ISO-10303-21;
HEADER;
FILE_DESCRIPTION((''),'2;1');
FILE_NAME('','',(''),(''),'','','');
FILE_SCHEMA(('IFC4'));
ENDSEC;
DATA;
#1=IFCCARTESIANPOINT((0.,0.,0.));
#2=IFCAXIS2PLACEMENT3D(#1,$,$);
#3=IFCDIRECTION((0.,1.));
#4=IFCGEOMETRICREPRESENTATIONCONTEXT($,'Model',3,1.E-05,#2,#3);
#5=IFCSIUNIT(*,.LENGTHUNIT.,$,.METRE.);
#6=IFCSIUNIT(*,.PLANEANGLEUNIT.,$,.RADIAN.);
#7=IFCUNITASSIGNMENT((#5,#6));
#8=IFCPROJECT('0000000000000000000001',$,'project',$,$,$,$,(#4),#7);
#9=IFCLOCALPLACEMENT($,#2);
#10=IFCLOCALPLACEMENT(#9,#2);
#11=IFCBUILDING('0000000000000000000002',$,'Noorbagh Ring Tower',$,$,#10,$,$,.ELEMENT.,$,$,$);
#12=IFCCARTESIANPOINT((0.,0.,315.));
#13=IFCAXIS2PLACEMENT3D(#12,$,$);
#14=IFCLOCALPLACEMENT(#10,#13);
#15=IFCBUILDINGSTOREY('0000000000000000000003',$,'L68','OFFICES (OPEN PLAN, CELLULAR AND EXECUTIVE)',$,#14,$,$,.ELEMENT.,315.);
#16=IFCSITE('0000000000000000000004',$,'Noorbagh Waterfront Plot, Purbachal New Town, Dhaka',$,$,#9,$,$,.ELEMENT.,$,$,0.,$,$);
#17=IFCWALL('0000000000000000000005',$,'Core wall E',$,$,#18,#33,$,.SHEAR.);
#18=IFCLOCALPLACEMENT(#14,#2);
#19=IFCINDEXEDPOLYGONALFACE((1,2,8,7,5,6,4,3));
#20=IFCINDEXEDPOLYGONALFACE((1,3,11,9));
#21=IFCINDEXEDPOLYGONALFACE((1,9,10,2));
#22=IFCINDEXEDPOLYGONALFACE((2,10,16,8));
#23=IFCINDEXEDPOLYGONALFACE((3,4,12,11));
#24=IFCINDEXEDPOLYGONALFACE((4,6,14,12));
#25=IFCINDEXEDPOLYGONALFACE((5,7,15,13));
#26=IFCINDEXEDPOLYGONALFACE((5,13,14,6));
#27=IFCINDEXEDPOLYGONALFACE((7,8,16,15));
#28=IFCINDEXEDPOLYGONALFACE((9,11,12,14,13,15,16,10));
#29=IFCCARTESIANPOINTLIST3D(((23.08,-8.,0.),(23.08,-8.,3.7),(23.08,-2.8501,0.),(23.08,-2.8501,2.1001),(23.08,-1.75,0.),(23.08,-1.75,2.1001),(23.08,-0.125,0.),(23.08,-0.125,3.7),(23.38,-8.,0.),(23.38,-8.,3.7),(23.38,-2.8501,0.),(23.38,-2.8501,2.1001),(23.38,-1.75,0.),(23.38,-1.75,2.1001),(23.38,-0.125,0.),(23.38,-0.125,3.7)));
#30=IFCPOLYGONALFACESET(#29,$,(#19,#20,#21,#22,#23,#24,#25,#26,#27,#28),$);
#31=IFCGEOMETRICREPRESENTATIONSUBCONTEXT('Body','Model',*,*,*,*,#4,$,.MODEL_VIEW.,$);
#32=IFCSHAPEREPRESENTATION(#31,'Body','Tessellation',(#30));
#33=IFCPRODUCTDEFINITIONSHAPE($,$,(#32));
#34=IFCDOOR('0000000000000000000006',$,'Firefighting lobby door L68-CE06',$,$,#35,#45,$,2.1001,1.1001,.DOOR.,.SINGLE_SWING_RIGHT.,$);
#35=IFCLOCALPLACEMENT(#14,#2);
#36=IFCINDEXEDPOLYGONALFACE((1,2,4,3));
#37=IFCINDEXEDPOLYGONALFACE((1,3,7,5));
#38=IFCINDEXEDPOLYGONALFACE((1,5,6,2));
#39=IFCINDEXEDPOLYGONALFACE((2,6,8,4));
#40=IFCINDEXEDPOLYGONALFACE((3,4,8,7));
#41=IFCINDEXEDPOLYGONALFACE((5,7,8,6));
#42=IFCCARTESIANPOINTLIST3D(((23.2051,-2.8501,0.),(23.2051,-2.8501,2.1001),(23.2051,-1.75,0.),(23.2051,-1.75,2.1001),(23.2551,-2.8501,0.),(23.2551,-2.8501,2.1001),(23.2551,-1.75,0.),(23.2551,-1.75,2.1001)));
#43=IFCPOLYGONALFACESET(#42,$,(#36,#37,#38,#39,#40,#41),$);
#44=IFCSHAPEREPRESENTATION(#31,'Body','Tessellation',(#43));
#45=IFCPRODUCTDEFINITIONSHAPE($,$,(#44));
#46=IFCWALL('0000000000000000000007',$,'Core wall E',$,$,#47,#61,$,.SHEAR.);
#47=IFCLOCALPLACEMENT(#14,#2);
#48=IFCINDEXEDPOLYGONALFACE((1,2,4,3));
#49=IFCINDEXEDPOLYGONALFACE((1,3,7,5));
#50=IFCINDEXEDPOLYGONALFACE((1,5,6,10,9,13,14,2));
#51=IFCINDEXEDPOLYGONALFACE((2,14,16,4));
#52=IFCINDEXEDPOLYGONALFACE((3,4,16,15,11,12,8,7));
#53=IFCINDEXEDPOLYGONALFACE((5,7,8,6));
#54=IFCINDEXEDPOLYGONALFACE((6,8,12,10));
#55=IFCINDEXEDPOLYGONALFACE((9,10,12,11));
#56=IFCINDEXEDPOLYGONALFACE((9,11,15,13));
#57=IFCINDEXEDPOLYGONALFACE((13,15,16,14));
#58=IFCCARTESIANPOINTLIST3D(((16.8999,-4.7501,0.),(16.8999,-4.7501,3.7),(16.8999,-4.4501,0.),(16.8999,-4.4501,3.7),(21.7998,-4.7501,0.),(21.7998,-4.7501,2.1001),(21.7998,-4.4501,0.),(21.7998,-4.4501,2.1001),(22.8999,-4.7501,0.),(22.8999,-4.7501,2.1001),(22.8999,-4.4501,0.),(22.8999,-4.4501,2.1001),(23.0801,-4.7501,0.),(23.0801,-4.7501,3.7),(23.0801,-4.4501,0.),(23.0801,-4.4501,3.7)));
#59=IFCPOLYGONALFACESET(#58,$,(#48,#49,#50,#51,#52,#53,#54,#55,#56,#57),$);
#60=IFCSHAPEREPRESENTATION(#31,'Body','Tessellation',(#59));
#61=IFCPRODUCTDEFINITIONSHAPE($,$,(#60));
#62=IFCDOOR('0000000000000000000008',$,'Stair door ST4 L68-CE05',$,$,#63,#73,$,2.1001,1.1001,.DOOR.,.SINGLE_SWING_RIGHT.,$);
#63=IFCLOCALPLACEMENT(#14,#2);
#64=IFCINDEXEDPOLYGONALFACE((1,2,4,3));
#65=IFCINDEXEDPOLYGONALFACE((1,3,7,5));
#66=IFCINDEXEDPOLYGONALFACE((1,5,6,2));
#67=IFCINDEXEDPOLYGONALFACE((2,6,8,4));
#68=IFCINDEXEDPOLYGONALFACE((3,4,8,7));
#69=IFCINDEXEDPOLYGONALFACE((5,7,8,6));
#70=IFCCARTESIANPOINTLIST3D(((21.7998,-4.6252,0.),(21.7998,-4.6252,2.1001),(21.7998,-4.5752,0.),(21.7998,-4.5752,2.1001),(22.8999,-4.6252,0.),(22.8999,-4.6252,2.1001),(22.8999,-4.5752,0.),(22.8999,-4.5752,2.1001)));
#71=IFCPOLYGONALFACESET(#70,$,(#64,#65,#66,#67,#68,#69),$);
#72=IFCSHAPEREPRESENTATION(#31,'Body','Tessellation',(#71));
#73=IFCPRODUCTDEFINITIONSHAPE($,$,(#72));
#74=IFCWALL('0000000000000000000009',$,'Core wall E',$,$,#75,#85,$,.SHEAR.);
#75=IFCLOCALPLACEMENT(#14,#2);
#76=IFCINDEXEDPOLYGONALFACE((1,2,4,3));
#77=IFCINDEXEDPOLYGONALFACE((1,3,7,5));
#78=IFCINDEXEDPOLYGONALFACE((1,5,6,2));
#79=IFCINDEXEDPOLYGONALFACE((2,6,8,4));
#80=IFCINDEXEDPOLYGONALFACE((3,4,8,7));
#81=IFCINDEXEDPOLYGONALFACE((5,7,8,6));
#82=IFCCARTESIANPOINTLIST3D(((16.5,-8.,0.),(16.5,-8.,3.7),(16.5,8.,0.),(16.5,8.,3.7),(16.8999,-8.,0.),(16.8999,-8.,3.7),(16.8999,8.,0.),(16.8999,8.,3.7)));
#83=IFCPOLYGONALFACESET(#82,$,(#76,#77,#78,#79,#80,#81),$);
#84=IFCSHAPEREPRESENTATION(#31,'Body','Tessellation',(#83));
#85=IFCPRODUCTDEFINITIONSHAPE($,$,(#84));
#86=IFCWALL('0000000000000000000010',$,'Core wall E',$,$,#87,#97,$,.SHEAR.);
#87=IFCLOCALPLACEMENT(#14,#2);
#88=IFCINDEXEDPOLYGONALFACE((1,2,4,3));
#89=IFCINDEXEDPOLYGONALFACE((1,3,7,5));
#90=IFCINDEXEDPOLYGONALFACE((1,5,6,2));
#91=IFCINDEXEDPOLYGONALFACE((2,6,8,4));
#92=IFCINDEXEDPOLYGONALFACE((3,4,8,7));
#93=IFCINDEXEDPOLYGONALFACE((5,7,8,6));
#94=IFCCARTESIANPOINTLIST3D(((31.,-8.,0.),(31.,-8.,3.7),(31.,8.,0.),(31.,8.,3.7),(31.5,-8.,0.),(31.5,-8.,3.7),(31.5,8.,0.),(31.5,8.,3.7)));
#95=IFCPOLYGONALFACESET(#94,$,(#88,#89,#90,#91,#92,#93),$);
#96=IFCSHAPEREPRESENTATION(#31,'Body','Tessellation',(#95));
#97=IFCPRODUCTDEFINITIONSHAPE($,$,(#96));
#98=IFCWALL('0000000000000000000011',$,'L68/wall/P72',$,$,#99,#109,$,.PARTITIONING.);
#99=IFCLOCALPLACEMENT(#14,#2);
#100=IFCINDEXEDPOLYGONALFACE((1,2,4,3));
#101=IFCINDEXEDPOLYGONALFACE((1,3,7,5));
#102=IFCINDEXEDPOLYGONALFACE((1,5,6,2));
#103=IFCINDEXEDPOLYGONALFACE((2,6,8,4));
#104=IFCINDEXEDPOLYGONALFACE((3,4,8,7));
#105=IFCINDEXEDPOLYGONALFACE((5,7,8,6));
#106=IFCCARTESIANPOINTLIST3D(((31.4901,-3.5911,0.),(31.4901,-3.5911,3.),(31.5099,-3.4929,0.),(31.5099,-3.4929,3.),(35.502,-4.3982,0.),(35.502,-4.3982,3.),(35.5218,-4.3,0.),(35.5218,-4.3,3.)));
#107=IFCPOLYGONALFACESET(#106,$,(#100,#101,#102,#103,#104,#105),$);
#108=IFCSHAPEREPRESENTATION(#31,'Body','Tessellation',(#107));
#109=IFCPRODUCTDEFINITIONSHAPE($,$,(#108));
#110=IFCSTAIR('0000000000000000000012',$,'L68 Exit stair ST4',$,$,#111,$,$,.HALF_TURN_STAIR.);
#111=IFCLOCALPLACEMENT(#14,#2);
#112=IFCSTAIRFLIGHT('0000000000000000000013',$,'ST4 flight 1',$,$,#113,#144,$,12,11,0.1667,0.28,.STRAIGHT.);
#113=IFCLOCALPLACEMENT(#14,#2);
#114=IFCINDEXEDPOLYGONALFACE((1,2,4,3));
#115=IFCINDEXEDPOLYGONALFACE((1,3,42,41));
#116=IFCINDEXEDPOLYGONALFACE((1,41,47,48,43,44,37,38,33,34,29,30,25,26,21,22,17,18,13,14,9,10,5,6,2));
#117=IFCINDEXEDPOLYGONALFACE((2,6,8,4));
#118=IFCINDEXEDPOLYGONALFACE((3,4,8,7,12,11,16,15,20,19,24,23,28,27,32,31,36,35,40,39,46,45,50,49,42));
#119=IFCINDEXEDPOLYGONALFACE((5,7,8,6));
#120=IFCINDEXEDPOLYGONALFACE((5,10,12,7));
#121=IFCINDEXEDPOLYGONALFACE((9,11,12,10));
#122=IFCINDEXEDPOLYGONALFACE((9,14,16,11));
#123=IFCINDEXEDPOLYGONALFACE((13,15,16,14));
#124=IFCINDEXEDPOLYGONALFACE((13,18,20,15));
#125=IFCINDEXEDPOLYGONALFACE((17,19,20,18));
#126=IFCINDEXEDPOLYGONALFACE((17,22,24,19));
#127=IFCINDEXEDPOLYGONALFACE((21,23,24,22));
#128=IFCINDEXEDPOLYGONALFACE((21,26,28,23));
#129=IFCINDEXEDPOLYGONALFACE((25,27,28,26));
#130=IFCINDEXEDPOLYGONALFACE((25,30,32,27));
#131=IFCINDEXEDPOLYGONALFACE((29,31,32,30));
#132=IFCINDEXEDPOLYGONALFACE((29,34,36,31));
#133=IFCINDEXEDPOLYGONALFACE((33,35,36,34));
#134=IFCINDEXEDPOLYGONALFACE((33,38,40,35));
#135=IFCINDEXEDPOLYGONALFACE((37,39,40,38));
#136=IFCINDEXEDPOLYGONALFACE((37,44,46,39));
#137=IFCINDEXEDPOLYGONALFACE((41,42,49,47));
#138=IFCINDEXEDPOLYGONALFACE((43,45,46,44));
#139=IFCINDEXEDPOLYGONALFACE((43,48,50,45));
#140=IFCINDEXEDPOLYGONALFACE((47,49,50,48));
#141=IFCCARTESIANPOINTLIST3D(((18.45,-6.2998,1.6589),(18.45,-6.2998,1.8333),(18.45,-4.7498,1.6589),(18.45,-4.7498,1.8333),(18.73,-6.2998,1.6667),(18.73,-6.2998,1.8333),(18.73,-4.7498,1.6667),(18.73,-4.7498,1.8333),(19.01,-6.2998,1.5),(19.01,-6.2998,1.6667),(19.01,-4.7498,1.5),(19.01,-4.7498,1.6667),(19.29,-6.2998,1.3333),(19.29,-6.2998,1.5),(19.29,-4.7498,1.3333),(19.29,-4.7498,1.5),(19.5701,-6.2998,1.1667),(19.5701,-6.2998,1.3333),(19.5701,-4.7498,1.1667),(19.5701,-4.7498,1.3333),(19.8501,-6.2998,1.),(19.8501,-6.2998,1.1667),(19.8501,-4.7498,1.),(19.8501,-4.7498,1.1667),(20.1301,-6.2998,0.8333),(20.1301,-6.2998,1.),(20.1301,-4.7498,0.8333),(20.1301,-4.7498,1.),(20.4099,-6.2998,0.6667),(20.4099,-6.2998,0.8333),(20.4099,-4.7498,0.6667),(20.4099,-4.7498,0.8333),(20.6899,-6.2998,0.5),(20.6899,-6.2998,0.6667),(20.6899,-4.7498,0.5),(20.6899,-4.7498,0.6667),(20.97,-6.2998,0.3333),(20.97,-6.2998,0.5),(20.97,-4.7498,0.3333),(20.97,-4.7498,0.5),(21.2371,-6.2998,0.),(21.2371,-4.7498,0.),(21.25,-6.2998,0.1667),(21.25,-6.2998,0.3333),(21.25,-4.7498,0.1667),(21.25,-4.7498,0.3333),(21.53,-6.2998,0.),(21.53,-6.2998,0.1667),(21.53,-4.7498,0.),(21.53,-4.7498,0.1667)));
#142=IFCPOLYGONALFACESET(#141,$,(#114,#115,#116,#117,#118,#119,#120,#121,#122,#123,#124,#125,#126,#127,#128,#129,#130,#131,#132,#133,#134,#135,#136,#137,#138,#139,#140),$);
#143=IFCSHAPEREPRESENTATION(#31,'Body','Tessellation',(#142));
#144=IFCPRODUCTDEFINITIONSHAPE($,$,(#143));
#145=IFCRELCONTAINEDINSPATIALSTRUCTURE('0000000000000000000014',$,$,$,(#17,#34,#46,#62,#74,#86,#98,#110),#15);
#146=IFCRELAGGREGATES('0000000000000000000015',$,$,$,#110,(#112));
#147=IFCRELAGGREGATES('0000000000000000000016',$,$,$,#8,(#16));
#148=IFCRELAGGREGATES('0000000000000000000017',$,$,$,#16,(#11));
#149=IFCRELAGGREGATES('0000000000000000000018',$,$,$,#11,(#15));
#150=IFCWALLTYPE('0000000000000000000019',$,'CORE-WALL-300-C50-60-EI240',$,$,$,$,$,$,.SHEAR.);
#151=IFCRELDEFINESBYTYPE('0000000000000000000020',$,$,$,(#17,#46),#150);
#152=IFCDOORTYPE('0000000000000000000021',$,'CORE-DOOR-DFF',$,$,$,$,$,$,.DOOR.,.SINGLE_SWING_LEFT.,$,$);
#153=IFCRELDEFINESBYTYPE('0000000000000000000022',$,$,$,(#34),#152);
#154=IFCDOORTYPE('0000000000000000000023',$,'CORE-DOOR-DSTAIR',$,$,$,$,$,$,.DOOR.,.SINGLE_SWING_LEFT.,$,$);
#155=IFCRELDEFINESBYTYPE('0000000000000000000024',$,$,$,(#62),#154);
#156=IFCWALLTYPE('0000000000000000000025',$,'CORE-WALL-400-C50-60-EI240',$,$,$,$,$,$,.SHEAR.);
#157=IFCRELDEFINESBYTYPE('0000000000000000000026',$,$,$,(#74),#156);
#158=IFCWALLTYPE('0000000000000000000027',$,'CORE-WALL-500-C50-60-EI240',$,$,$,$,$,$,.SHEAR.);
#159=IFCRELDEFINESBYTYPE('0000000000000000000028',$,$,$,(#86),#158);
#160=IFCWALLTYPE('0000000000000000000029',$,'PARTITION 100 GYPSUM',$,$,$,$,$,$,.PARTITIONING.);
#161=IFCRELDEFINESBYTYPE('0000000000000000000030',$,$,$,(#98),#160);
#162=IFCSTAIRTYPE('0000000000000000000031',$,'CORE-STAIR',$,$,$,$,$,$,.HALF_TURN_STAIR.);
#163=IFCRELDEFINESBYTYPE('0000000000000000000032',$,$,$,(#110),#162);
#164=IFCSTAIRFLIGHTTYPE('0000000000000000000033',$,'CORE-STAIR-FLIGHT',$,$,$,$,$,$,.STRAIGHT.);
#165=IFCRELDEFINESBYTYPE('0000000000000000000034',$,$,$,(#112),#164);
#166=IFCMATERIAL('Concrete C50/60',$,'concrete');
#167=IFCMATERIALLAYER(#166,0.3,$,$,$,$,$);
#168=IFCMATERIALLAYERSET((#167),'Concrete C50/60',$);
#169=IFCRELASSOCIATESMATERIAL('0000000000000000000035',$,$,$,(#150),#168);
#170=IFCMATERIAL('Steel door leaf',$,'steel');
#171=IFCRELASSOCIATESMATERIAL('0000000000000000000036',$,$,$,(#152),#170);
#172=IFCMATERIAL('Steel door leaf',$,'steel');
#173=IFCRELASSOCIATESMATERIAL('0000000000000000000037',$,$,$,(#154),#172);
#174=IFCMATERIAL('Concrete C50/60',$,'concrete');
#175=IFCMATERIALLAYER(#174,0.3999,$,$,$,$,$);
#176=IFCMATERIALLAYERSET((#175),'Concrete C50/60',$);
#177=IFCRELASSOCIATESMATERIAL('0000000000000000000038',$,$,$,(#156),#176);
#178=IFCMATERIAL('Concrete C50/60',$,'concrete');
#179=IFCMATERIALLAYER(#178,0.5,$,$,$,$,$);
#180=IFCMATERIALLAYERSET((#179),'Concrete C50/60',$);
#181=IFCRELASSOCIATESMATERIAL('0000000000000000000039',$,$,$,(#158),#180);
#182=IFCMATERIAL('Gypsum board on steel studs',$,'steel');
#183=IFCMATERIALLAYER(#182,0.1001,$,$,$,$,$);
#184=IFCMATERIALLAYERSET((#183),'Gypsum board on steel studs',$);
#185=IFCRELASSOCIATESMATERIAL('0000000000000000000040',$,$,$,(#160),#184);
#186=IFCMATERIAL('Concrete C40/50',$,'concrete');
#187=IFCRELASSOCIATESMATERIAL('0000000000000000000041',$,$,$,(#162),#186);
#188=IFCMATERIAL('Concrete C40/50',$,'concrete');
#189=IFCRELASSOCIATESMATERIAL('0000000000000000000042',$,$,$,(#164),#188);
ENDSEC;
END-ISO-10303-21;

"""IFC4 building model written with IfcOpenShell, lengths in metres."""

from ifc_helpers import new_model, si_unit, direction, frame, frame_2d, origin, place, context, subcontext, project, spatial, polyline, rectangle, outline, extrude, material, layer, layer_set, type_object, element, fill, aggregate, save


model = new_model("IFC4")

# Units and contexts
model_context = context("Model", 3, precision=1e-05, world=origin(), true_north=direction((0.0, 1.0)))
body_context = subcontext(model_context, "Body", "Model", "MODEL_VIEW")
ifc_project = project(units=[si_unit("LENGTHUNIT", "METRE"), si_unit("PLANEANGLEUNIT", "RADIAN")], contexts=[model_context])

# Site, building, storey
site_placement = place(None, origin())
site = spatial("IfcSite", under=ifc_project, at=site_placement, Name="Noorbagh Waterfront Plot, Purbachal New Town, Dhaka", CompositionType="ELEMENT", RefElevation=0.0)
building_placement = place(site_placement, origin())
building = spatial("IfcBuilding", under=site, at=building_placement, Name="Noorbagh Ring Tower", CompositionType="ELEMENT")
storey_placement = place(building_placement, frame((0.0, 0.0, 315.0)))
storey = spatial("IfcBuildingStorey", under=building, at=storey_placement, Name="L68", Description="OFFICES (OPEN PLAN, CELLULAR AND EXECUTIVE)", CompositionType="ELEMENT", Elevation=315.0)

# Walls, openings, doors
ifc_material_1 = material(Name="Concrete C50/60", Category="concrete")
ifc_layer_1 = layer(ifc_material_1, 0.3)
ifc_layer_set_1 = layer_set([ifc_layer_1], Name="Concrete C50/60")
wall_type_1 = type_object("IfcWallType", Name="CORE-WALL-300-C50-60-EI240", PredefinedType="SHEAR", material=ifc_layer_set_1)
wall_1_placement = place(storey_placement, frame((23.23, -8.0, 0.0), z_axis=(0.0, 0.0, 1.0), x_axis=(0.0, 1.0, 0.0)))
wall_1 = element("IfcWall", 1, at=wall_1_placement, inside=storey, type_object=wall_type_1, Name="Core wall E", PredefinedType="SHEAR", context=body_context, shape_type="SweptSolid", body=[
    extrude(rectangle(XDim=7.875, YDim=0.3, at=frame_2d((3.9375, 0.0))), origin(), (0.0, 0.0, 1.0), 3.7),
])
opening_1_placement = place(wall_1_placement, frame((5.1499, 0.0, 0.0)))
opening_1 = element("IfcOpeningElement", 2, at=opening_1_placement, cuts=wall_1, PredefinedType="OPENING", context=body_context, shape_type="SweptSolid", body=[
    extrude(rectangle(XDim=1.1001, YDim=2.1001, at=frame_2d((0.55, 1.05))), frame((0.0, 0.1602, 0.0), z_axis=(0.0, -1.0, 0.0), x_axis=(1.0, 0.0, 0.0)), (0.0, 0.0, 1.0), 0.3201),
])
ifc_material_2 = material(Name="Steel door leaf", Category="steel")
door_type_1 = type_object("IfcDoorType", Name="CORE-DOOR-DFF", OperationType="SINGLE_SWING_LEFT", PredefinedType="DOOR", material=ifc_material_2)
door_1_placement = place(opening_1_placement, origin())
door_1 = element("IfcDoor", 3, at=door_1_placement, inside=storey, type_object=door_type_1, Name="Firefighting lobby door L68-CE06", OperationType="SINGLE_SWING_RIGHT", OverallHeight=2.1001, OverallWidth=1.1001, PredefinedType="DOOR", context=body_context, shape_type="SweptSolid", body=[
    extrude(rectangle(XDim=1.1001, YDim=2.1001, at=frame_2d((0.55, 1.05))), frame((0.0, 0.0249, 0.0), z_axis=(0.0, -1.0, 0.0), x_axis=(1.0, 0.0, 0.0)), (0.0, 0.0, 1.0), 0.05),
])
fill(opening_1, door_1)
wall_2_placement = place(storey_placement, frame((16.8999, -4.6001, 0.0), z_axis=(0.0, 0.0, 1.0), x_axis=(1.0, 0.0, 0.0)))
wall_2 = element("IfcWall", 4, at=wall_2_placement, inside=storey, type_object=wall_type_1, Name="Core wall E", PredefinedType="SHEAR", context=body_context, shape_type="SweptSolid", body=[
    extrude(rectangle(XDim=6.1802, YDim=0.3, at=frame_2d((3.0901, 0.0))), origin(), (0.0, 0.0, 1.0), 3.7),
])
opening_2_placement = place(wall_2_placement, frame((4.8999, 0.0, 0.0)))
opening_2 = element("IfcOpeningElement", 5, at=opening_2_placement, cuts=wall_2, PredefinedType="OPENING", context=body_context, shape_type="SweptSolid", body=[
    extrude(rectangle(XDim=1.1001, YDim=2.1001, at=frame_2d((0.55, 1.05))), frame((0.0, 0.1602, 0.0), z_axis=(0.0, -1.0, 0.0), x_axis=(1.0, 0.0, 0.0)), (0.0, 0.0, 1.0), 0.3201),
])
ifc_material_3 = material(Name="Steel door leaf", Category="steel")
door_type_2 = type_object("IfcDoorType", Name="CORE-DOOR-DSTAIR", OperationType="SINGLE_SWING_LEFT", PredefinedType="DOOR", material=ifc_material_3)
door_2_placement = place(opening_2_placement, origin())
door_2 = element("IfcDoor", 6, at=door_2_placement, inside=storey, type_object=door_type_2, Name="Stair door ST4 L68-CE05", OperationType="SINGLE_SWING_RIGHT", OverallHeight=2.1001, OverallWidth=1.1001, PredefinedType="DOOR", context=body_context, shape_type="SweptSolid", body=[
    extrude(rectangle(XDim=1.1001, YDim=2.1001, at=frame_2d((0.55, 1.05))), frame((0.0, 0.0249, 0.0), z_axis=(0.0, -1.0, 0.0), x_axis=(1.0, 0.0, 0.0)), (0.0, 0.0, 1.0), 0.05),
])
fill(opening_2, door_2)

# Walls
ifc_material_4 = material(Name="Concrete C50/60", Category="concrete")
ifc_layer_2 = layer(ifc_material_4, 0.3999)
ifc_layer_set_2 = layer_set([ifc_layer_2], Name="Concrete C50/60")
wall_type_2 = type_object("IfcWallType", Name="CORE-WALL-400-C50-60-EI240", PredefinedType="SHEAR", material=ifc_layer_set_2)
wall_3_placement = place(storey_placement, frame((16.7, -8.0, 0.0), z_axis=(0.0, 0.0, 1.0), x_axis=(0.0, 1.0, 0.0)))
element("IfcWall", 7, at=wall_3_placement, inside=storey, type_object=wall_type_2, Name="Core wall E", PredefinedType="SHEAR", context=body_context, shape_type="SweptSolid", body=[
    extrude(rectangle(XDim=16.0, YDim=0.3999, at=frame_2d((8.0, 0.0))), origin(), (0.0, 0.0, 1.0), 3.7),
])
ifc_material_5 = material(Name="Concrete C50/60", Category="concrete")
ifc_layer_3 = layer(ifc_material_5, 0.5)
ifc_layer_set_3 = layer_set([ifc_layer_3], Name="Concrete C50/60")
wall_type_3 = type_object("IfcWallType", Name="CORE-WALL-500-C50-60-EI240", PredefinedType="SHEAR", material=ifc_layer_set_3)
wall_4_placement = place(storey_placement, frame((31.25, -8.0, 0.0), z_axis=(0.0, 0.0, 1.0), x_axis=(0.0, 1.0, 0.0)))
element("IfcWall", 8, at=wall_4_placement, inside=storey, type_object=wall_type_3, Name="Core wall E", PredefinedType="SHEAR", context=body_context, shape_type="SweptSolid", body=[
    extrude(rectangle(XDim=16.0, YDim=0.5, at=frame_2d((8.0, 0.0))), origin(), (0.0, 0.0, 1.0), 3.7),
])
ifc_material_6 = material(Name="Gypsum board on steel studs", Category="steel")
ifc_layer_4 = layer(ifc_material_6, 0.1001)
ifc_layer_set_4 = layer_set([ifc_layer_4], Name="Gypsum board on steel studs")
wall_type_4 = type_object("IfcWallType", Name="PARTITION 100 GYPSUM", PredefinedType="PARTITIONING", material=ifc_layer_set_4)
wall_5_placement = place(storey_placement, frame((31.5, -3.542, 0.0), z_axis=(0.0, 0.0, 1.0), x_axis=(0.980357, -0.197229, 0.0)))
element("IfcWall", 9, at=wall_5_placement, inside=storey, type_object=wall_type_4, Name="L68/wall/P72", PredefinedType="PARTITIONING", context=body_context, shape_type="SweptSolid", body=[
    extrude(rectangle(XDim=4.0923, YDim=0.1001, at=frame_2d((2.0461, 0.0))), origin(), (0.0, 0.0, 1.0), 3.0),
])

# Stair, stair flight
ifc_material_7 = material(Name="Concrete C40/50", Category="concrete")
stair_type = type_object("IfcStairType", Name="CORE-STAIR", PredefinedType="HALF_TURN_STAIR", material=ifc_material_7)
stair_placement = place(storey_placement, origin())
stair = element("IfcStair", 10, at=stair_placement, inside=storey, type_object=stair_type, Name="L68 Exit stair ST4", PredefinedType="HALF_TURN_STAIR")
ifc_material_8 = material(Name="Concrete C40/50", Category="concrete")
stair_flight_type = type_object("IfcStairFlightType", Name="CORE-STAIR-FLIGHT", PredefinedType="STRAIGHT", material=ifc_material_8)
stair_flight_1_placement = place(storey_placement, frame((21.53, -5.5249, 0.0), z_axis=(0.0, 0.0, 1.0), x_axis=(-1.0, 0.0, 0.0)))
stair_flight_1 = element("IfcStairFlight", 11, at=stair_flight_1_placement, type_object=stair_flight_type, Name="ST4 flight 1", NumberOfRisers=12, NumberOfTreads=11, PredefinedType="STRAIGHT", RiserHeight=0.1667, TreadLength=0.28, context=body_context, shape_type="SweptSolid", body=[
    extrude(outline(polyline([(0.0, 0.0), (0.0, 0.1667), (0.28, 0.1667), (0.28, 0.3333), (0.5601, 0.3333), (0.5601, 0.5), (0.8401, 0.5), (0.8401, 0.6667), (1.1201, 0.6667), (1.1201, 0.8333), (1.3999, 0.8333), (1.3999, 1.0), (1.6799, 1.0), (1.6799, 1.1667), (1.96, 1.1667), (1.96, 1.3333), (2.24, 1.3333), (2.24, 1.5), (2.52, 1.5), (2.52, 1.6667), (2.8, 1.6667), (2.8, 1.8333), (3.0801, 1.8333), (3.0801, 2.0), (3.0801, 1.6589), (0.293, 0.0), (0.0, 0.0)])), frame((0.0, 0.7749, 0.0), z_axis=(0.0, -1.0, 0.0), x_axis=(1.0, 0.0, 0.0)), (0.0, 0.0, 1.0), 1.55),
])
aggregate(stair, [stair_flight_1])

save(model, "model.ifc")
